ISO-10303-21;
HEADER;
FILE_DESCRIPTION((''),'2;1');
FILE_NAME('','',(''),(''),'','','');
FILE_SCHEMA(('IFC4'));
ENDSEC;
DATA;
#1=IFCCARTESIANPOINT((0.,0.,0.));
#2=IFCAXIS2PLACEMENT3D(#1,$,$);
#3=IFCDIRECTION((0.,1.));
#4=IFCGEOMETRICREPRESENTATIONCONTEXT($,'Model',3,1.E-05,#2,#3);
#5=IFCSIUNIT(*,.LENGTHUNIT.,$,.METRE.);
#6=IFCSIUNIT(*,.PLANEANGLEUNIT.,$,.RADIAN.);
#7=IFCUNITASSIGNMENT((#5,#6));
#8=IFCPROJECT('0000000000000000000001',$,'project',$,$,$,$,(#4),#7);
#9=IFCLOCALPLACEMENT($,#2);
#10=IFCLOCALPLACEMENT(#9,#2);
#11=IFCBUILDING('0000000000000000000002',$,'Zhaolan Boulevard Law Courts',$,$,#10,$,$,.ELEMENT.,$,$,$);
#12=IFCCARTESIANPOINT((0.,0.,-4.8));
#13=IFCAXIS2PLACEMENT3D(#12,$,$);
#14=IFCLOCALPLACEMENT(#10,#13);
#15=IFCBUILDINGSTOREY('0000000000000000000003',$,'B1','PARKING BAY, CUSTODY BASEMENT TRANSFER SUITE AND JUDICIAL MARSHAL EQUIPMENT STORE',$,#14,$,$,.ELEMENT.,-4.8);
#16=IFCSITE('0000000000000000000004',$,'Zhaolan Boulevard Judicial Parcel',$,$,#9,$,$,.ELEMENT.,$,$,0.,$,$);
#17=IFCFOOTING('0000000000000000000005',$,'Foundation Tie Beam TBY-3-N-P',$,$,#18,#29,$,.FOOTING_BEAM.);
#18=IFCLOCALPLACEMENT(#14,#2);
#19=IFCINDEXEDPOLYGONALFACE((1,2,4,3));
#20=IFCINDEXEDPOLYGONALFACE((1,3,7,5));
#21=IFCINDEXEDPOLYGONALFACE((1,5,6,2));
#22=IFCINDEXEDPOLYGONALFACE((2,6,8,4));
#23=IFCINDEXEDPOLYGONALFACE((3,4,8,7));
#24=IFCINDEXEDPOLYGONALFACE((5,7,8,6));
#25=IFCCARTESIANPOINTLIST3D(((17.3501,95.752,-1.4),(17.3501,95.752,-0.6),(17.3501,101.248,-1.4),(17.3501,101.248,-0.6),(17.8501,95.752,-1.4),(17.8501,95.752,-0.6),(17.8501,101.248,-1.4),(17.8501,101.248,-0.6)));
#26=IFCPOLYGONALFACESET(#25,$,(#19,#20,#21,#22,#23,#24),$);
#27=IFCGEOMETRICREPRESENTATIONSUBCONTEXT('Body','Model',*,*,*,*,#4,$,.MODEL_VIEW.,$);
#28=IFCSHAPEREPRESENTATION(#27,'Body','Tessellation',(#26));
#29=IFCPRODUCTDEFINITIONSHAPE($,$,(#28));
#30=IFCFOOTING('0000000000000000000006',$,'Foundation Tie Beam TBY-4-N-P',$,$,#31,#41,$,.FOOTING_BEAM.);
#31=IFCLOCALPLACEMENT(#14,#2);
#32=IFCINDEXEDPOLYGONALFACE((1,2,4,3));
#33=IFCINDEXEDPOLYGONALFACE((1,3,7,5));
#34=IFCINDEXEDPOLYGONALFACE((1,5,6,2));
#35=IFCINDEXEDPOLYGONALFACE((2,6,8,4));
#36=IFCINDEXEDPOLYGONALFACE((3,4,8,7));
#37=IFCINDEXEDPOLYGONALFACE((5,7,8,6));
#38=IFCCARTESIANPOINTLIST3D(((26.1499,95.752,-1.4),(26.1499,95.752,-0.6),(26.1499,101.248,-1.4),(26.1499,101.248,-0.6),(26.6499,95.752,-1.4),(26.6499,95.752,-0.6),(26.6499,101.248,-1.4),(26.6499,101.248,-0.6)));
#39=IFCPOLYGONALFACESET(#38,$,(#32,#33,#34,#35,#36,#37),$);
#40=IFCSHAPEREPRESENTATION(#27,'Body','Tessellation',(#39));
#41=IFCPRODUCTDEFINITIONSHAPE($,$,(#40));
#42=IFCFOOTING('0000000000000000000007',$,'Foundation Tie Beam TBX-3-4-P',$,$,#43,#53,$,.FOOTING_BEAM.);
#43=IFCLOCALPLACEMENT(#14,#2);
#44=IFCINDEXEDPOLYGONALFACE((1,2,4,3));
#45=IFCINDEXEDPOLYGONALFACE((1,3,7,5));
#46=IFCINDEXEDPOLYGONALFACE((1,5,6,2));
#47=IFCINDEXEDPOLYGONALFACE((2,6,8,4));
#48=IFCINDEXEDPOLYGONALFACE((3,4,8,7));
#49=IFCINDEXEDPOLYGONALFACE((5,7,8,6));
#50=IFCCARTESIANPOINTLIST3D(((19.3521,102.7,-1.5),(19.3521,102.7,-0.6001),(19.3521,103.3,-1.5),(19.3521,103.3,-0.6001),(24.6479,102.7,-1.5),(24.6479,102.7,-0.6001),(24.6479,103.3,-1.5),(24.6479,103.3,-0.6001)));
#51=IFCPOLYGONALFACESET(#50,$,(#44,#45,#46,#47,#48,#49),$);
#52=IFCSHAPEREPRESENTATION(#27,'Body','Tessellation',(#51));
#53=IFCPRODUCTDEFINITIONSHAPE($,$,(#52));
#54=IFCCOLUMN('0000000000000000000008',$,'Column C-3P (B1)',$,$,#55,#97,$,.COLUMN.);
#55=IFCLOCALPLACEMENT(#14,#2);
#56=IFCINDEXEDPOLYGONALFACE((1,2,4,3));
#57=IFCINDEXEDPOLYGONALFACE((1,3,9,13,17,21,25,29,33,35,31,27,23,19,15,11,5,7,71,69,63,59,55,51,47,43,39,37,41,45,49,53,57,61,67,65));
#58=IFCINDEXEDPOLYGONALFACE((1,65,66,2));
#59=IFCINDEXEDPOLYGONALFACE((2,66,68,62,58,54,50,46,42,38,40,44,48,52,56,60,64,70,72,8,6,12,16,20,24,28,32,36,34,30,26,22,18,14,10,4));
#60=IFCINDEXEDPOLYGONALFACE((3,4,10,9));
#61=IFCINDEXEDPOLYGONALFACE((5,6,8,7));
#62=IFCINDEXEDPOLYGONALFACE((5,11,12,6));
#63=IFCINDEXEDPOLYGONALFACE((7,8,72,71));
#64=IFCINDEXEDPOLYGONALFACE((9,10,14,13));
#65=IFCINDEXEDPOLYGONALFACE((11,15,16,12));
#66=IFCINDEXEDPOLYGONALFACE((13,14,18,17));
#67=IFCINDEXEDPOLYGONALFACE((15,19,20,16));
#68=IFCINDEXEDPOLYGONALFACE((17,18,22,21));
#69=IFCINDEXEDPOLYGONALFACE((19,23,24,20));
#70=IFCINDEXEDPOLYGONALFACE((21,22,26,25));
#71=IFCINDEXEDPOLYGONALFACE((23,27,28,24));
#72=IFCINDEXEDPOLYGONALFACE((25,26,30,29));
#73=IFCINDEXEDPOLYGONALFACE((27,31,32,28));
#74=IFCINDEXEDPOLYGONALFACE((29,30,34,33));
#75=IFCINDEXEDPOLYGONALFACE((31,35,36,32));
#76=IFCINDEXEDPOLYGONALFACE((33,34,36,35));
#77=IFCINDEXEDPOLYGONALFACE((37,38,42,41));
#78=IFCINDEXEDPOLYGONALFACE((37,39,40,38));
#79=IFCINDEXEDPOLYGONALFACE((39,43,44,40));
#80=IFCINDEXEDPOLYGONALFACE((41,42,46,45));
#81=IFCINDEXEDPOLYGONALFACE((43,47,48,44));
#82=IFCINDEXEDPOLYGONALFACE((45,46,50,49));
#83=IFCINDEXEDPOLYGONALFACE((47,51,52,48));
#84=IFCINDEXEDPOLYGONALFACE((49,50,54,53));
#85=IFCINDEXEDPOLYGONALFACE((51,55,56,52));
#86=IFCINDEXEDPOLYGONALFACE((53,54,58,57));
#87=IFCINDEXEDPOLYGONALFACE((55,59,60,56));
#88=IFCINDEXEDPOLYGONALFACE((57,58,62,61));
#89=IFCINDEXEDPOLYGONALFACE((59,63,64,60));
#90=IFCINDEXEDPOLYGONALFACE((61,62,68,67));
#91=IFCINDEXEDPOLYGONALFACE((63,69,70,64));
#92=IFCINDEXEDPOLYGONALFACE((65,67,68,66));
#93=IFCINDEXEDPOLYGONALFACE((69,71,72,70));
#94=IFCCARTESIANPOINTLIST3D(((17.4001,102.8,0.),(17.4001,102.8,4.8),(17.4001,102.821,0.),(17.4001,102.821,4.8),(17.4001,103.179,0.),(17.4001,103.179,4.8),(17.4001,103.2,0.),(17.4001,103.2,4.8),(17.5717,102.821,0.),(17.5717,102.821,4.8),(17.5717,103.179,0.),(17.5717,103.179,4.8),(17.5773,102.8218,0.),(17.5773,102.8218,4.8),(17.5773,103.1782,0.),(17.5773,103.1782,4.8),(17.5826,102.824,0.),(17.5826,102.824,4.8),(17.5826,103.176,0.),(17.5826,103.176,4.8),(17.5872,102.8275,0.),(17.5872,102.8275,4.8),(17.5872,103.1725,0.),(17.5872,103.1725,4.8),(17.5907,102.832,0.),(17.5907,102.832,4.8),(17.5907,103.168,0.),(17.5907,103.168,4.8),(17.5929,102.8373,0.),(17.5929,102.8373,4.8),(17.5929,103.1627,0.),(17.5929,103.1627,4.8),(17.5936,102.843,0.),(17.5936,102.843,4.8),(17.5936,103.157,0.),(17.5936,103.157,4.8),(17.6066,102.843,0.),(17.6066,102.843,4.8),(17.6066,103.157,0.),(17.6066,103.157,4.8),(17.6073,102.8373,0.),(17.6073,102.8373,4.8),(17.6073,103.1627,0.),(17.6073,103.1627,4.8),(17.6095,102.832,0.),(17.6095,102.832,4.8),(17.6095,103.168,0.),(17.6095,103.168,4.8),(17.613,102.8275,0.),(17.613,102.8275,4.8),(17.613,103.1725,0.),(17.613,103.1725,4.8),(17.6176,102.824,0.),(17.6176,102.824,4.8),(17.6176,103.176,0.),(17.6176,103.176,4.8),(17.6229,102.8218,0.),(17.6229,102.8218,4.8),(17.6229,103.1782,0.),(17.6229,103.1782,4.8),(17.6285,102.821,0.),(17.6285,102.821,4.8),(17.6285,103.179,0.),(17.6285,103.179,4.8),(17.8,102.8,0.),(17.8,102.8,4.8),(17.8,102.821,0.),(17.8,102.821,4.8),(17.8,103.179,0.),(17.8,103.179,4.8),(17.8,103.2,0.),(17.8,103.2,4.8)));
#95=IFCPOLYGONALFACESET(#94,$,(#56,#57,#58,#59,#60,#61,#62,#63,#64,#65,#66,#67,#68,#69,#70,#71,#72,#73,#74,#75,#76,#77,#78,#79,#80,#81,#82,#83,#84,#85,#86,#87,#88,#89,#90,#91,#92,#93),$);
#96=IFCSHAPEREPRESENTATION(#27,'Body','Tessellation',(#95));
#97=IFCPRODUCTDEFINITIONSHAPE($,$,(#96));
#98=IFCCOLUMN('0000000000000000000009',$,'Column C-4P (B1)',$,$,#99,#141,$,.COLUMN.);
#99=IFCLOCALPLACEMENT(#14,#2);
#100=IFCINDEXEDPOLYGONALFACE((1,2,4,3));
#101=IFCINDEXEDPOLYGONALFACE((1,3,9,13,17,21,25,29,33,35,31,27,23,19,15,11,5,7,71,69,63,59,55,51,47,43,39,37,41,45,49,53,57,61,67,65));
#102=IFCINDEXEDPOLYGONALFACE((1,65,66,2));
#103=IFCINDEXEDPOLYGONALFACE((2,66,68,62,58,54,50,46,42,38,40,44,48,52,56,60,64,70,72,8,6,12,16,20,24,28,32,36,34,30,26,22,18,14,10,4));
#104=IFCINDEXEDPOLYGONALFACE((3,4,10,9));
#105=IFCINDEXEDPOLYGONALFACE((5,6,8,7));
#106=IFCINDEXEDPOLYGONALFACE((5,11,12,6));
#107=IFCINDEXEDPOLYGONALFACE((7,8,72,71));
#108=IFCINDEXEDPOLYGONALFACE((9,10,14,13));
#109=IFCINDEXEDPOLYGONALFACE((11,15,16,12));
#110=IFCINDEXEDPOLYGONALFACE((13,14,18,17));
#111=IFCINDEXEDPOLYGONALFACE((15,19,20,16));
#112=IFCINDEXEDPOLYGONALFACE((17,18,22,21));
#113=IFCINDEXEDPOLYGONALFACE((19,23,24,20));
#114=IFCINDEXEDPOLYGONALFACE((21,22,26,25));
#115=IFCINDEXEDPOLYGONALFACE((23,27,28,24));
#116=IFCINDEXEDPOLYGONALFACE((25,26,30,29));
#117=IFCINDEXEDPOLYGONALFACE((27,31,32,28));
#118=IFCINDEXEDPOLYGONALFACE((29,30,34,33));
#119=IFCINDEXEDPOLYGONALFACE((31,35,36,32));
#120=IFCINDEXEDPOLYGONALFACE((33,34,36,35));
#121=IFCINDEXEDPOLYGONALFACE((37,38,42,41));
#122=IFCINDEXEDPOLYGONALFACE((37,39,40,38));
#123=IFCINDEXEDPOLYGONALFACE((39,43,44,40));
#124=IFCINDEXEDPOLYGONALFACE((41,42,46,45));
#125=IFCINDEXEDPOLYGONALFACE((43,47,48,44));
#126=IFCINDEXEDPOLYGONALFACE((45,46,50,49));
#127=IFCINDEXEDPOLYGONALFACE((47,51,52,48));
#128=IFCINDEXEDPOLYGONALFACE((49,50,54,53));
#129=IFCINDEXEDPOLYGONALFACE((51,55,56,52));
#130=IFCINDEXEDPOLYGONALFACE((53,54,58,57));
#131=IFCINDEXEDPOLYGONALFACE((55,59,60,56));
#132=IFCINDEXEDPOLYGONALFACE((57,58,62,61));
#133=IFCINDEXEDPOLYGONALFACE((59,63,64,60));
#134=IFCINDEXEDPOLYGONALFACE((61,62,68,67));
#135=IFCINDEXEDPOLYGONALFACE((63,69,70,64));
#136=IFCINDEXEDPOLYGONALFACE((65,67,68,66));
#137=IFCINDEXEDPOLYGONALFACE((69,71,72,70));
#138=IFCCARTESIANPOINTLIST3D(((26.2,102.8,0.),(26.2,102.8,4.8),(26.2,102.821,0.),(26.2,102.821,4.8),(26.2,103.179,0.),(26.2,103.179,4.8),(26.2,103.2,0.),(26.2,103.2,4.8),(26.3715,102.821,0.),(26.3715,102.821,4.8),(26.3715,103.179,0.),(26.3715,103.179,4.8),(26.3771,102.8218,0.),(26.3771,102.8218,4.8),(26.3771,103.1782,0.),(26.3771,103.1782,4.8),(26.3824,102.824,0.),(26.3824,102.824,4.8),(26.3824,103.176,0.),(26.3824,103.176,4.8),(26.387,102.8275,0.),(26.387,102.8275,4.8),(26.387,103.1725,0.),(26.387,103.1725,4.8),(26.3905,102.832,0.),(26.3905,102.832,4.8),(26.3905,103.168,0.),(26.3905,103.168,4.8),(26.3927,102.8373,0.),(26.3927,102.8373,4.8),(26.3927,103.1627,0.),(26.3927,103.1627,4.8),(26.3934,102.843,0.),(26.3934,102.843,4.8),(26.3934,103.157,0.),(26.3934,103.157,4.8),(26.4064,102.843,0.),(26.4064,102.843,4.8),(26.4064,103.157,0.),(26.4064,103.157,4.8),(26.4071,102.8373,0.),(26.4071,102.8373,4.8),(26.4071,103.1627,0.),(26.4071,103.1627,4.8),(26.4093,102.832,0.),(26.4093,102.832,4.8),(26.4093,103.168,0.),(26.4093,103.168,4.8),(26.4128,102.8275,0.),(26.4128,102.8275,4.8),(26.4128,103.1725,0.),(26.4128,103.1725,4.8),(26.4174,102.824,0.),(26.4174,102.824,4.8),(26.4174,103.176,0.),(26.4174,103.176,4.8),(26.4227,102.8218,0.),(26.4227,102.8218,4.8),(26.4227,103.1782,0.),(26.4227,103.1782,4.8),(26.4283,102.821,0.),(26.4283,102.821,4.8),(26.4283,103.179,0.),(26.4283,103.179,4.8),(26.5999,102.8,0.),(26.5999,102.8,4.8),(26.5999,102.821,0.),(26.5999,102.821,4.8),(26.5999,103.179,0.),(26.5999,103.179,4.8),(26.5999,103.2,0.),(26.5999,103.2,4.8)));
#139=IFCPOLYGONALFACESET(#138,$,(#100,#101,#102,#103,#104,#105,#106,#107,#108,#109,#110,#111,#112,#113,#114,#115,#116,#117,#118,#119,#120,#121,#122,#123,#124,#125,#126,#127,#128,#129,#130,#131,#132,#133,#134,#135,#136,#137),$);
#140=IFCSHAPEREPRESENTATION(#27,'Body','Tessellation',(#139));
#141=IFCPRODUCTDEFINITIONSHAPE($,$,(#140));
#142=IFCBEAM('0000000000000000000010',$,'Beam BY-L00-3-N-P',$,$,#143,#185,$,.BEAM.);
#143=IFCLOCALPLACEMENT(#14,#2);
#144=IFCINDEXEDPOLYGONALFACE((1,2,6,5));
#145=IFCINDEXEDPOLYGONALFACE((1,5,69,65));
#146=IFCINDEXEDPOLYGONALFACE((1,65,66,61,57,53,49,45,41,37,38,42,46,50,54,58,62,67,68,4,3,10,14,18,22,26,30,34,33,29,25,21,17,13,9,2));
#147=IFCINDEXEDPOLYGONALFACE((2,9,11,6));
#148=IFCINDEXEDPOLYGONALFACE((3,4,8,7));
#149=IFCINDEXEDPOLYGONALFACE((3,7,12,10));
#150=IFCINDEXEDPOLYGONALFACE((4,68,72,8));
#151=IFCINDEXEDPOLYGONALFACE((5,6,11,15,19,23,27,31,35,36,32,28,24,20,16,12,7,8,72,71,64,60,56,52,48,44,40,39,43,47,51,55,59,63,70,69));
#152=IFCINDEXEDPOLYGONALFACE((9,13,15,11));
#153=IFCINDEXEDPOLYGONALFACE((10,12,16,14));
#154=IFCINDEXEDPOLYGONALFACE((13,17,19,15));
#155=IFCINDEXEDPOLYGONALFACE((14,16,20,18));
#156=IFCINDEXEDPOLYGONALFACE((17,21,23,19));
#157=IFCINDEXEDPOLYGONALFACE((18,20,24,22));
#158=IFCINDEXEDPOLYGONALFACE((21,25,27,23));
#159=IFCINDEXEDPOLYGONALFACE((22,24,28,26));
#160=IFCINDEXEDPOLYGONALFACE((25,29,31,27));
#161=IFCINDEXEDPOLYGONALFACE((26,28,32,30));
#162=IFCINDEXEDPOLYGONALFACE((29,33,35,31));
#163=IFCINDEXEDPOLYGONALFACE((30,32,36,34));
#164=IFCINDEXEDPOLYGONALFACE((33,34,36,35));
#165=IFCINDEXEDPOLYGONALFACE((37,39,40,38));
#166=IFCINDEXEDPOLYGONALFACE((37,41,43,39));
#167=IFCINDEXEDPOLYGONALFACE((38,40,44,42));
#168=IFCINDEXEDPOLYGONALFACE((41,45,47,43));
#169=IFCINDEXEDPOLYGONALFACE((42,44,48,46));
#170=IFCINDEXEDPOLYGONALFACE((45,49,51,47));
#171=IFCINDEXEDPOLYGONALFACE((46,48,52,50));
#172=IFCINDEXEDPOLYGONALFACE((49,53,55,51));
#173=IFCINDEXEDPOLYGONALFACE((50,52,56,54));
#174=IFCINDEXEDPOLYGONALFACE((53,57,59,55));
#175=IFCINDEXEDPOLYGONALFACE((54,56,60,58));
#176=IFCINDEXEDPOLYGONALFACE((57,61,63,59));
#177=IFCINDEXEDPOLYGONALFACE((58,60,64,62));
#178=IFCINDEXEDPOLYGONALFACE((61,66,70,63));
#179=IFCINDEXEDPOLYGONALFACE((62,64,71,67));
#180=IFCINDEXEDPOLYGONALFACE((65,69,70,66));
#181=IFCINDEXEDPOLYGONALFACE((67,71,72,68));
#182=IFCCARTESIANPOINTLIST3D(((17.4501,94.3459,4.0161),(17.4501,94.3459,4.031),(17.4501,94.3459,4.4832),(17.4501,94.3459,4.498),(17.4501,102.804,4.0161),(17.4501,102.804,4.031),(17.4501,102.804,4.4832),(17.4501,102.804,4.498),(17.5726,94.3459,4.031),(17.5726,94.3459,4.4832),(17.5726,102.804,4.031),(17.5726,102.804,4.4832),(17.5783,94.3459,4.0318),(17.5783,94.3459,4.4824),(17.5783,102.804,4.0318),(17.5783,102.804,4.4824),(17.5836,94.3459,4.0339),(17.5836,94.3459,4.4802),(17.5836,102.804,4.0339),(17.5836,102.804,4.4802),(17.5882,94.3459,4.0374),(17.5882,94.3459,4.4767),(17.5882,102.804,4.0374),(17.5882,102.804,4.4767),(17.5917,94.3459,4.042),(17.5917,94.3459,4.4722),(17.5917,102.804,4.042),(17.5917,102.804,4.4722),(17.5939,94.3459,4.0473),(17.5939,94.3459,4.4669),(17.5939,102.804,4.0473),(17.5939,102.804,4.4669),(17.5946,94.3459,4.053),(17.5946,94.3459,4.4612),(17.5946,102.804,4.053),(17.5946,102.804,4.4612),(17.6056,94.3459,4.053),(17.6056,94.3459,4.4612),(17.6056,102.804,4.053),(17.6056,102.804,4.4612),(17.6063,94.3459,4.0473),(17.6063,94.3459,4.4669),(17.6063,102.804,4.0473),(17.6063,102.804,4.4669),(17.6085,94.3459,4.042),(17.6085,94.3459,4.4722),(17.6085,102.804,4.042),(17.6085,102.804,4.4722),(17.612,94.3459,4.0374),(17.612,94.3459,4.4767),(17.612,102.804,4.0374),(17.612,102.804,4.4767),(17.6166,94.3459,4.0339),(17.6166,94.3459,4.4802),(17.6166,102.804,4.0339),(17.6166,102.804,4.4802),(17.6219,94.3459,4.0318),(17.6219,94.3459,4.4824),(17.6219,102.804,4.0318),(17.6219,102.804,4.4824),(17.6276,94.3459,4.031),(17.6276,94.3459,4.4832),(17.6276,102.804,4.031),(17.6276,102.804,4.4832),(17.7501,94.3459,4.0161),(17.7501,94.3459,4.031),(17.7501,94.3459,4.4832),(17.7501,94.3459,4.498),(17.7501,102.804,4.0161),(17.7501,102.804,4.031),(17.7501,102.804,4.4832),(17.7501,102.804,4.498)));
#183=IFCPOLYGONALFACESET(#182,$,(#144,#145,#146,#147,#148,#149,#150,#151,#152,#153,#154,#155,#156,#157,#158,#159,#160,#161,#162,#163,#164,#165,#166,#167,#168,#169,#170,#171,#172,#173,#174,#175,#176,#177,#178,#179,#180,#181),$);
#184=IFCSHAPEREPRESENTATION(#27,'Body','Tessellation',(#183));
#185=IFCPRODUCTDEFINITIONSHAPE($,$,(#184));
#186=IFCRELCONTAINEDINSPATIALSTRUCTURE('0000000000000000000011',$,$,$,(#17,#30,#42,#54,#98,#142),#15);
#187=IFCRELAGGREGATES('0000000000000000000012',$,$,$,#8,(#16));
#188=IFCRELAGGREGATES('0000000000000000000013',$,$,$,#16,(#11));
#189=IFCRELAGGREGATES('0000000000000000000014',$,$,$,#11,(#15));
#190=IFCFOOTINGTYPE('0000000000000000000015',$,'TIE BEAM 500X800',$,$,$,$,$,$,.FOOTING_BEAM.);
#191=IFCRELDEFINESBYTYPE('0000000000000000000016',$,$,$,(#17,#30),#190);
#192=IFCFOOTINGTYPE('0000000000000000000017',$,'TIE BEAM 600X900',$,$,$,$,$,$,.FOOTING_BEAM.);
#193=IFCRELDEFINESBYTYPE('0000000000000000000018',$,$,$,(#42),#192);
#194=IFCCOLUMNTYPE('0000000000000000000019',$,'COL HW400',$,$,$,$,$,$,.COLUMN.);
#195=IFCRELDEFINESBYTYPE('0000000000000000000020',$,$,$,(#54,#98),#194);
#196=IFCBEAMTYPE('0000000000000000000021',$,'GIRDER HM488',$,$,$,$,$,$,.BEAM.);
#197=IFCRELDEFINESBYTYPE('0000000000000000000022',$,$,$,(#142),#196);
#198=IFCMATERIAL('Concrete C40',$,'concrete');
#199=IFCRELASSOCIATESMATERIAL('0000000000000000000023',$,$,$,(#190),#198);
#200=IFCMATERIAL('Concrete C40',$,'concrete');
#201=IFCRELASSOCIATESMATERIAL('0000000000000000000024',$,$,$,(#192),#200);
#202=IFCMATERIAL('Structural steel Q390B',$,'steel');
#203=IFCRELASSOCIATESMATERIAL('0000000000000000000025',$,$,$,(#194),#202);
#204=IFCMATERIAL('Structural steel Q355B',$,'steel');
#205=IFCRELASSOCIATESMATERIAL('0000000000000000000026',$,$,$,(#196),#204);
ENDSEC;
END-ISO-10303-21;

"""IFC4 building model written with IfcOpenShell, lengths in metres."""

from ifc_helpers import new_model, si_unit, direction, frame, origin, origin_2d, place, context, subcontext, project, spatial, rectangle, i_section, extrude, material, material_profile, profile_set, type_object, element, save


model = new_model("IFC4")

# Units and contexts
model_context = context("Model", 3, precision=1e-05, world=origin(), true_north=direction((0.0, 1.0)))
body_context = subcontext(model_context, "Body", "Model", "MODEL_VIEW")
ifc_project = project(units=[si_unit("LENGTHUNIT", "METRE"), si_unit("PLANEANGLEUNIT", "RADIAN")], contexts=[model_context])

# Site, building, storey
site_placement = place(None, origin())
site = spatial("IfcSite", under=ifc_project, at=site_placement, Name="Zhaolan Boulevard Judicial Parcel", CompositionType="ELEMENT", RefElevation=0.0)
building_placement = place(site_placement, origin())
building = spatial("IfcBuilding", under=site, at=building_placement, Name="Zhaolan Boulevard Law Courts", CompositionType="ELEMENT")
storey_placement = place(building_placement, frame((0.0, 0.0, -4.8)))
storey = spatial("IfcBuildingStorey", under=building, at=storey_placement, Name="B1", Description="PARKING BAY, CUSTODY BASEMENT TRANSFER SUITE AND JUDICIAL MARSHAL EQUIPMENT STORE", CompositionType="ELEMENT", Elevation=-4.8)

# Footings
ifc_material_1 = material(Name="Concrete C40", Category="concrete")
ifc_material_profile_1 = material_profile(ifc_material_1, rectangle(XDim=0.5, YDim=0.8, at=origin_2d()), Name="RC500x800")
ifc_profile_set_1 = profile_set([ifc_material_profile_1], Name="Concrete C40")
footing_type_1 = type_object("IfcFootingType", Name="TIE BEAM 500X800", PredefinedType="FOOTING_BEAM", material=ifc_profile_set_1)
for number, where, z_axis, x_axis, name in (
    (1, (17.6001, 95.752, -1.0), (0.0, 1.0, 0.0), (-1.0, 0.0, 0.0), "Foundation Tie Beam TBY-3-N-P"),
    (2, (26.3999, 95.752, -1.0), (0.0, 1.0, 0.0), (-1.0, 0.0, 0.0), "Foundation Tie Beam TBY-4-N-P"),
):
    element("IfcFooting", number, at=place(storey_placement, frame(where, z_axis=z_axis, x_axis=x_axis)), inside=storey, type_object=footing_type_1, Name=name, PredefinedType="FOOTING_BEAM", context=body_context, shape_type="SweptSolid", body=[
        extrude(rectangle(XDim=0.5, YDim=0.8, at=origin_2d()), origin(), (0.0, 0.0, 1.0), 5.4961),
    ])
ifc_material_2 = material(Name="Concrete C40", Category="concrete")
ifc_material_profile_2 = material_profile(ifc_material_2, rectangle(XDim=0.6001, YDim=0.8999, at=origin_2d()), Name="RC600x900")
ifc_profile_set_2 = profile_set([ifc_material_profile_2], Name="Concrete C40")
footing_type_2 = type_object("IfcFootingType", Name="TIE BEAM 600X900", PredefinedType="FOOTING_BEAM", material=ifc_profile_set_2)
footing_placement = place(storey_placement, frame((19.3521, 103.0, -1.05), z_axis=(1.0, 0.0, 0.0), x_axis=(0.0, 1.0, 0.0)))
element("IfcFooting", 3, at=footing_placement, inside=storey, type_object=footing_type_2, Name="Foundation Tie Beam TBX-3-4-P", PredefinedType="FOOTING_BEAM", context=body_context, shape_type="SweptSolid", body=[
    extrude(rectangle(XDim=0.6001, YDim=0.8999, at=origin_2d()), origin(), (0.0, 0.0, 1.0), 5.2959),
])

# Columns
ifc_material_3 = material(Name="Structural steel Q390B", Category="steel")
ifc_material_profile_3 = material_profile(ifc_material_3, i_section(OverallWidth=0.3999, OverallDepth=0.3999, WebThickness=0.0129, FlangeThickness=0.021, FilletRadius=0.022, at=origin_2d()), Name="HW400x400")
ifc_profile_set_3 = profile_set([ifc_material_profile_3], Name="Structural steel Q390B")
column_type = type_object("IfcColumnType", Name="COL HW400", PredefinedType="COLUMN", material=ifc_profile_set_3)
for number, where, z_axis, x_axis, name in (
    (4, (17.6001, 103.0, 0.0), (0.0, 0.0, 1.0), (1.0, 0.0, 0.0), "Column C-3P (B1)"),
    (5, (26.3999, 103.0, 0.0), (0.0, 0.0, 1.0), (1.0, 0.0, 0.0), "Column C-4P (B1)"),
):
    element("IfcColumn", number, at=place(storey_placement, frame(where, z_axis=z_axis, x_axis=x_axis)), inside=storey, type_object=column_type, Name=name, PredefinedType="COLUMN", context=body_context, shape_type="SweptSolid", body=[
        extrude(i_section(OverallWidth=0.3999, OverallDepth=0.3999, WebThickness=0.0129, FlangeThickness=0.021, FilletRadius=0.022, at=origin_2d()), origin(), (0.0, 0.0, 1.0), 4.8),
    ])

# Beam
ifc_material_4 = material(Name="Structural steel Q355B", Category="steel")
ifc_material_profile_4 = material_profile(ifc_material_4, i_section(OverallWidth=0.3, OverallDepth=0.4819, WebThickness=0.011, FlangeThickness=0.0149, FilletRadius=0.022, at=origin_2d()), Name="HM482x300")
ifc_profile_set_4 = profile_set([ifc_material_profile_4], Name="Structural steel Q355B")
beam_type_1 = type_object("IfcBeamType", Name="GIRDER HM488", PredefinedType="BEAM", material=ifc_profile_set_4)
beam_1_placement = place(storey_placement, frame((17.6001, 94.3459, 4.2571), z_axis=(0.0, 1.0, 0.0), x_axis=(-1.0, 0.0, 0.0)))
element("IfcBeam", 6, at=beam_1_placement, inside=storey, type_object=beam_type_1, Name="Beam BY-L00-3-N-P", PredefinedType="BEAM", context=body_context, shape_type="SweptSolid", body=[
    extrude(i_section(OverallWidth=0.3, OverallDepth=0.4819, WebThickness=0.011, FlangeThickness=0.0149, FilletRadius=0.022, at=origin_2d()), origin(), (0.0, 0.0, 1.0), 8.458),
])

save(model, "model.ifc")
